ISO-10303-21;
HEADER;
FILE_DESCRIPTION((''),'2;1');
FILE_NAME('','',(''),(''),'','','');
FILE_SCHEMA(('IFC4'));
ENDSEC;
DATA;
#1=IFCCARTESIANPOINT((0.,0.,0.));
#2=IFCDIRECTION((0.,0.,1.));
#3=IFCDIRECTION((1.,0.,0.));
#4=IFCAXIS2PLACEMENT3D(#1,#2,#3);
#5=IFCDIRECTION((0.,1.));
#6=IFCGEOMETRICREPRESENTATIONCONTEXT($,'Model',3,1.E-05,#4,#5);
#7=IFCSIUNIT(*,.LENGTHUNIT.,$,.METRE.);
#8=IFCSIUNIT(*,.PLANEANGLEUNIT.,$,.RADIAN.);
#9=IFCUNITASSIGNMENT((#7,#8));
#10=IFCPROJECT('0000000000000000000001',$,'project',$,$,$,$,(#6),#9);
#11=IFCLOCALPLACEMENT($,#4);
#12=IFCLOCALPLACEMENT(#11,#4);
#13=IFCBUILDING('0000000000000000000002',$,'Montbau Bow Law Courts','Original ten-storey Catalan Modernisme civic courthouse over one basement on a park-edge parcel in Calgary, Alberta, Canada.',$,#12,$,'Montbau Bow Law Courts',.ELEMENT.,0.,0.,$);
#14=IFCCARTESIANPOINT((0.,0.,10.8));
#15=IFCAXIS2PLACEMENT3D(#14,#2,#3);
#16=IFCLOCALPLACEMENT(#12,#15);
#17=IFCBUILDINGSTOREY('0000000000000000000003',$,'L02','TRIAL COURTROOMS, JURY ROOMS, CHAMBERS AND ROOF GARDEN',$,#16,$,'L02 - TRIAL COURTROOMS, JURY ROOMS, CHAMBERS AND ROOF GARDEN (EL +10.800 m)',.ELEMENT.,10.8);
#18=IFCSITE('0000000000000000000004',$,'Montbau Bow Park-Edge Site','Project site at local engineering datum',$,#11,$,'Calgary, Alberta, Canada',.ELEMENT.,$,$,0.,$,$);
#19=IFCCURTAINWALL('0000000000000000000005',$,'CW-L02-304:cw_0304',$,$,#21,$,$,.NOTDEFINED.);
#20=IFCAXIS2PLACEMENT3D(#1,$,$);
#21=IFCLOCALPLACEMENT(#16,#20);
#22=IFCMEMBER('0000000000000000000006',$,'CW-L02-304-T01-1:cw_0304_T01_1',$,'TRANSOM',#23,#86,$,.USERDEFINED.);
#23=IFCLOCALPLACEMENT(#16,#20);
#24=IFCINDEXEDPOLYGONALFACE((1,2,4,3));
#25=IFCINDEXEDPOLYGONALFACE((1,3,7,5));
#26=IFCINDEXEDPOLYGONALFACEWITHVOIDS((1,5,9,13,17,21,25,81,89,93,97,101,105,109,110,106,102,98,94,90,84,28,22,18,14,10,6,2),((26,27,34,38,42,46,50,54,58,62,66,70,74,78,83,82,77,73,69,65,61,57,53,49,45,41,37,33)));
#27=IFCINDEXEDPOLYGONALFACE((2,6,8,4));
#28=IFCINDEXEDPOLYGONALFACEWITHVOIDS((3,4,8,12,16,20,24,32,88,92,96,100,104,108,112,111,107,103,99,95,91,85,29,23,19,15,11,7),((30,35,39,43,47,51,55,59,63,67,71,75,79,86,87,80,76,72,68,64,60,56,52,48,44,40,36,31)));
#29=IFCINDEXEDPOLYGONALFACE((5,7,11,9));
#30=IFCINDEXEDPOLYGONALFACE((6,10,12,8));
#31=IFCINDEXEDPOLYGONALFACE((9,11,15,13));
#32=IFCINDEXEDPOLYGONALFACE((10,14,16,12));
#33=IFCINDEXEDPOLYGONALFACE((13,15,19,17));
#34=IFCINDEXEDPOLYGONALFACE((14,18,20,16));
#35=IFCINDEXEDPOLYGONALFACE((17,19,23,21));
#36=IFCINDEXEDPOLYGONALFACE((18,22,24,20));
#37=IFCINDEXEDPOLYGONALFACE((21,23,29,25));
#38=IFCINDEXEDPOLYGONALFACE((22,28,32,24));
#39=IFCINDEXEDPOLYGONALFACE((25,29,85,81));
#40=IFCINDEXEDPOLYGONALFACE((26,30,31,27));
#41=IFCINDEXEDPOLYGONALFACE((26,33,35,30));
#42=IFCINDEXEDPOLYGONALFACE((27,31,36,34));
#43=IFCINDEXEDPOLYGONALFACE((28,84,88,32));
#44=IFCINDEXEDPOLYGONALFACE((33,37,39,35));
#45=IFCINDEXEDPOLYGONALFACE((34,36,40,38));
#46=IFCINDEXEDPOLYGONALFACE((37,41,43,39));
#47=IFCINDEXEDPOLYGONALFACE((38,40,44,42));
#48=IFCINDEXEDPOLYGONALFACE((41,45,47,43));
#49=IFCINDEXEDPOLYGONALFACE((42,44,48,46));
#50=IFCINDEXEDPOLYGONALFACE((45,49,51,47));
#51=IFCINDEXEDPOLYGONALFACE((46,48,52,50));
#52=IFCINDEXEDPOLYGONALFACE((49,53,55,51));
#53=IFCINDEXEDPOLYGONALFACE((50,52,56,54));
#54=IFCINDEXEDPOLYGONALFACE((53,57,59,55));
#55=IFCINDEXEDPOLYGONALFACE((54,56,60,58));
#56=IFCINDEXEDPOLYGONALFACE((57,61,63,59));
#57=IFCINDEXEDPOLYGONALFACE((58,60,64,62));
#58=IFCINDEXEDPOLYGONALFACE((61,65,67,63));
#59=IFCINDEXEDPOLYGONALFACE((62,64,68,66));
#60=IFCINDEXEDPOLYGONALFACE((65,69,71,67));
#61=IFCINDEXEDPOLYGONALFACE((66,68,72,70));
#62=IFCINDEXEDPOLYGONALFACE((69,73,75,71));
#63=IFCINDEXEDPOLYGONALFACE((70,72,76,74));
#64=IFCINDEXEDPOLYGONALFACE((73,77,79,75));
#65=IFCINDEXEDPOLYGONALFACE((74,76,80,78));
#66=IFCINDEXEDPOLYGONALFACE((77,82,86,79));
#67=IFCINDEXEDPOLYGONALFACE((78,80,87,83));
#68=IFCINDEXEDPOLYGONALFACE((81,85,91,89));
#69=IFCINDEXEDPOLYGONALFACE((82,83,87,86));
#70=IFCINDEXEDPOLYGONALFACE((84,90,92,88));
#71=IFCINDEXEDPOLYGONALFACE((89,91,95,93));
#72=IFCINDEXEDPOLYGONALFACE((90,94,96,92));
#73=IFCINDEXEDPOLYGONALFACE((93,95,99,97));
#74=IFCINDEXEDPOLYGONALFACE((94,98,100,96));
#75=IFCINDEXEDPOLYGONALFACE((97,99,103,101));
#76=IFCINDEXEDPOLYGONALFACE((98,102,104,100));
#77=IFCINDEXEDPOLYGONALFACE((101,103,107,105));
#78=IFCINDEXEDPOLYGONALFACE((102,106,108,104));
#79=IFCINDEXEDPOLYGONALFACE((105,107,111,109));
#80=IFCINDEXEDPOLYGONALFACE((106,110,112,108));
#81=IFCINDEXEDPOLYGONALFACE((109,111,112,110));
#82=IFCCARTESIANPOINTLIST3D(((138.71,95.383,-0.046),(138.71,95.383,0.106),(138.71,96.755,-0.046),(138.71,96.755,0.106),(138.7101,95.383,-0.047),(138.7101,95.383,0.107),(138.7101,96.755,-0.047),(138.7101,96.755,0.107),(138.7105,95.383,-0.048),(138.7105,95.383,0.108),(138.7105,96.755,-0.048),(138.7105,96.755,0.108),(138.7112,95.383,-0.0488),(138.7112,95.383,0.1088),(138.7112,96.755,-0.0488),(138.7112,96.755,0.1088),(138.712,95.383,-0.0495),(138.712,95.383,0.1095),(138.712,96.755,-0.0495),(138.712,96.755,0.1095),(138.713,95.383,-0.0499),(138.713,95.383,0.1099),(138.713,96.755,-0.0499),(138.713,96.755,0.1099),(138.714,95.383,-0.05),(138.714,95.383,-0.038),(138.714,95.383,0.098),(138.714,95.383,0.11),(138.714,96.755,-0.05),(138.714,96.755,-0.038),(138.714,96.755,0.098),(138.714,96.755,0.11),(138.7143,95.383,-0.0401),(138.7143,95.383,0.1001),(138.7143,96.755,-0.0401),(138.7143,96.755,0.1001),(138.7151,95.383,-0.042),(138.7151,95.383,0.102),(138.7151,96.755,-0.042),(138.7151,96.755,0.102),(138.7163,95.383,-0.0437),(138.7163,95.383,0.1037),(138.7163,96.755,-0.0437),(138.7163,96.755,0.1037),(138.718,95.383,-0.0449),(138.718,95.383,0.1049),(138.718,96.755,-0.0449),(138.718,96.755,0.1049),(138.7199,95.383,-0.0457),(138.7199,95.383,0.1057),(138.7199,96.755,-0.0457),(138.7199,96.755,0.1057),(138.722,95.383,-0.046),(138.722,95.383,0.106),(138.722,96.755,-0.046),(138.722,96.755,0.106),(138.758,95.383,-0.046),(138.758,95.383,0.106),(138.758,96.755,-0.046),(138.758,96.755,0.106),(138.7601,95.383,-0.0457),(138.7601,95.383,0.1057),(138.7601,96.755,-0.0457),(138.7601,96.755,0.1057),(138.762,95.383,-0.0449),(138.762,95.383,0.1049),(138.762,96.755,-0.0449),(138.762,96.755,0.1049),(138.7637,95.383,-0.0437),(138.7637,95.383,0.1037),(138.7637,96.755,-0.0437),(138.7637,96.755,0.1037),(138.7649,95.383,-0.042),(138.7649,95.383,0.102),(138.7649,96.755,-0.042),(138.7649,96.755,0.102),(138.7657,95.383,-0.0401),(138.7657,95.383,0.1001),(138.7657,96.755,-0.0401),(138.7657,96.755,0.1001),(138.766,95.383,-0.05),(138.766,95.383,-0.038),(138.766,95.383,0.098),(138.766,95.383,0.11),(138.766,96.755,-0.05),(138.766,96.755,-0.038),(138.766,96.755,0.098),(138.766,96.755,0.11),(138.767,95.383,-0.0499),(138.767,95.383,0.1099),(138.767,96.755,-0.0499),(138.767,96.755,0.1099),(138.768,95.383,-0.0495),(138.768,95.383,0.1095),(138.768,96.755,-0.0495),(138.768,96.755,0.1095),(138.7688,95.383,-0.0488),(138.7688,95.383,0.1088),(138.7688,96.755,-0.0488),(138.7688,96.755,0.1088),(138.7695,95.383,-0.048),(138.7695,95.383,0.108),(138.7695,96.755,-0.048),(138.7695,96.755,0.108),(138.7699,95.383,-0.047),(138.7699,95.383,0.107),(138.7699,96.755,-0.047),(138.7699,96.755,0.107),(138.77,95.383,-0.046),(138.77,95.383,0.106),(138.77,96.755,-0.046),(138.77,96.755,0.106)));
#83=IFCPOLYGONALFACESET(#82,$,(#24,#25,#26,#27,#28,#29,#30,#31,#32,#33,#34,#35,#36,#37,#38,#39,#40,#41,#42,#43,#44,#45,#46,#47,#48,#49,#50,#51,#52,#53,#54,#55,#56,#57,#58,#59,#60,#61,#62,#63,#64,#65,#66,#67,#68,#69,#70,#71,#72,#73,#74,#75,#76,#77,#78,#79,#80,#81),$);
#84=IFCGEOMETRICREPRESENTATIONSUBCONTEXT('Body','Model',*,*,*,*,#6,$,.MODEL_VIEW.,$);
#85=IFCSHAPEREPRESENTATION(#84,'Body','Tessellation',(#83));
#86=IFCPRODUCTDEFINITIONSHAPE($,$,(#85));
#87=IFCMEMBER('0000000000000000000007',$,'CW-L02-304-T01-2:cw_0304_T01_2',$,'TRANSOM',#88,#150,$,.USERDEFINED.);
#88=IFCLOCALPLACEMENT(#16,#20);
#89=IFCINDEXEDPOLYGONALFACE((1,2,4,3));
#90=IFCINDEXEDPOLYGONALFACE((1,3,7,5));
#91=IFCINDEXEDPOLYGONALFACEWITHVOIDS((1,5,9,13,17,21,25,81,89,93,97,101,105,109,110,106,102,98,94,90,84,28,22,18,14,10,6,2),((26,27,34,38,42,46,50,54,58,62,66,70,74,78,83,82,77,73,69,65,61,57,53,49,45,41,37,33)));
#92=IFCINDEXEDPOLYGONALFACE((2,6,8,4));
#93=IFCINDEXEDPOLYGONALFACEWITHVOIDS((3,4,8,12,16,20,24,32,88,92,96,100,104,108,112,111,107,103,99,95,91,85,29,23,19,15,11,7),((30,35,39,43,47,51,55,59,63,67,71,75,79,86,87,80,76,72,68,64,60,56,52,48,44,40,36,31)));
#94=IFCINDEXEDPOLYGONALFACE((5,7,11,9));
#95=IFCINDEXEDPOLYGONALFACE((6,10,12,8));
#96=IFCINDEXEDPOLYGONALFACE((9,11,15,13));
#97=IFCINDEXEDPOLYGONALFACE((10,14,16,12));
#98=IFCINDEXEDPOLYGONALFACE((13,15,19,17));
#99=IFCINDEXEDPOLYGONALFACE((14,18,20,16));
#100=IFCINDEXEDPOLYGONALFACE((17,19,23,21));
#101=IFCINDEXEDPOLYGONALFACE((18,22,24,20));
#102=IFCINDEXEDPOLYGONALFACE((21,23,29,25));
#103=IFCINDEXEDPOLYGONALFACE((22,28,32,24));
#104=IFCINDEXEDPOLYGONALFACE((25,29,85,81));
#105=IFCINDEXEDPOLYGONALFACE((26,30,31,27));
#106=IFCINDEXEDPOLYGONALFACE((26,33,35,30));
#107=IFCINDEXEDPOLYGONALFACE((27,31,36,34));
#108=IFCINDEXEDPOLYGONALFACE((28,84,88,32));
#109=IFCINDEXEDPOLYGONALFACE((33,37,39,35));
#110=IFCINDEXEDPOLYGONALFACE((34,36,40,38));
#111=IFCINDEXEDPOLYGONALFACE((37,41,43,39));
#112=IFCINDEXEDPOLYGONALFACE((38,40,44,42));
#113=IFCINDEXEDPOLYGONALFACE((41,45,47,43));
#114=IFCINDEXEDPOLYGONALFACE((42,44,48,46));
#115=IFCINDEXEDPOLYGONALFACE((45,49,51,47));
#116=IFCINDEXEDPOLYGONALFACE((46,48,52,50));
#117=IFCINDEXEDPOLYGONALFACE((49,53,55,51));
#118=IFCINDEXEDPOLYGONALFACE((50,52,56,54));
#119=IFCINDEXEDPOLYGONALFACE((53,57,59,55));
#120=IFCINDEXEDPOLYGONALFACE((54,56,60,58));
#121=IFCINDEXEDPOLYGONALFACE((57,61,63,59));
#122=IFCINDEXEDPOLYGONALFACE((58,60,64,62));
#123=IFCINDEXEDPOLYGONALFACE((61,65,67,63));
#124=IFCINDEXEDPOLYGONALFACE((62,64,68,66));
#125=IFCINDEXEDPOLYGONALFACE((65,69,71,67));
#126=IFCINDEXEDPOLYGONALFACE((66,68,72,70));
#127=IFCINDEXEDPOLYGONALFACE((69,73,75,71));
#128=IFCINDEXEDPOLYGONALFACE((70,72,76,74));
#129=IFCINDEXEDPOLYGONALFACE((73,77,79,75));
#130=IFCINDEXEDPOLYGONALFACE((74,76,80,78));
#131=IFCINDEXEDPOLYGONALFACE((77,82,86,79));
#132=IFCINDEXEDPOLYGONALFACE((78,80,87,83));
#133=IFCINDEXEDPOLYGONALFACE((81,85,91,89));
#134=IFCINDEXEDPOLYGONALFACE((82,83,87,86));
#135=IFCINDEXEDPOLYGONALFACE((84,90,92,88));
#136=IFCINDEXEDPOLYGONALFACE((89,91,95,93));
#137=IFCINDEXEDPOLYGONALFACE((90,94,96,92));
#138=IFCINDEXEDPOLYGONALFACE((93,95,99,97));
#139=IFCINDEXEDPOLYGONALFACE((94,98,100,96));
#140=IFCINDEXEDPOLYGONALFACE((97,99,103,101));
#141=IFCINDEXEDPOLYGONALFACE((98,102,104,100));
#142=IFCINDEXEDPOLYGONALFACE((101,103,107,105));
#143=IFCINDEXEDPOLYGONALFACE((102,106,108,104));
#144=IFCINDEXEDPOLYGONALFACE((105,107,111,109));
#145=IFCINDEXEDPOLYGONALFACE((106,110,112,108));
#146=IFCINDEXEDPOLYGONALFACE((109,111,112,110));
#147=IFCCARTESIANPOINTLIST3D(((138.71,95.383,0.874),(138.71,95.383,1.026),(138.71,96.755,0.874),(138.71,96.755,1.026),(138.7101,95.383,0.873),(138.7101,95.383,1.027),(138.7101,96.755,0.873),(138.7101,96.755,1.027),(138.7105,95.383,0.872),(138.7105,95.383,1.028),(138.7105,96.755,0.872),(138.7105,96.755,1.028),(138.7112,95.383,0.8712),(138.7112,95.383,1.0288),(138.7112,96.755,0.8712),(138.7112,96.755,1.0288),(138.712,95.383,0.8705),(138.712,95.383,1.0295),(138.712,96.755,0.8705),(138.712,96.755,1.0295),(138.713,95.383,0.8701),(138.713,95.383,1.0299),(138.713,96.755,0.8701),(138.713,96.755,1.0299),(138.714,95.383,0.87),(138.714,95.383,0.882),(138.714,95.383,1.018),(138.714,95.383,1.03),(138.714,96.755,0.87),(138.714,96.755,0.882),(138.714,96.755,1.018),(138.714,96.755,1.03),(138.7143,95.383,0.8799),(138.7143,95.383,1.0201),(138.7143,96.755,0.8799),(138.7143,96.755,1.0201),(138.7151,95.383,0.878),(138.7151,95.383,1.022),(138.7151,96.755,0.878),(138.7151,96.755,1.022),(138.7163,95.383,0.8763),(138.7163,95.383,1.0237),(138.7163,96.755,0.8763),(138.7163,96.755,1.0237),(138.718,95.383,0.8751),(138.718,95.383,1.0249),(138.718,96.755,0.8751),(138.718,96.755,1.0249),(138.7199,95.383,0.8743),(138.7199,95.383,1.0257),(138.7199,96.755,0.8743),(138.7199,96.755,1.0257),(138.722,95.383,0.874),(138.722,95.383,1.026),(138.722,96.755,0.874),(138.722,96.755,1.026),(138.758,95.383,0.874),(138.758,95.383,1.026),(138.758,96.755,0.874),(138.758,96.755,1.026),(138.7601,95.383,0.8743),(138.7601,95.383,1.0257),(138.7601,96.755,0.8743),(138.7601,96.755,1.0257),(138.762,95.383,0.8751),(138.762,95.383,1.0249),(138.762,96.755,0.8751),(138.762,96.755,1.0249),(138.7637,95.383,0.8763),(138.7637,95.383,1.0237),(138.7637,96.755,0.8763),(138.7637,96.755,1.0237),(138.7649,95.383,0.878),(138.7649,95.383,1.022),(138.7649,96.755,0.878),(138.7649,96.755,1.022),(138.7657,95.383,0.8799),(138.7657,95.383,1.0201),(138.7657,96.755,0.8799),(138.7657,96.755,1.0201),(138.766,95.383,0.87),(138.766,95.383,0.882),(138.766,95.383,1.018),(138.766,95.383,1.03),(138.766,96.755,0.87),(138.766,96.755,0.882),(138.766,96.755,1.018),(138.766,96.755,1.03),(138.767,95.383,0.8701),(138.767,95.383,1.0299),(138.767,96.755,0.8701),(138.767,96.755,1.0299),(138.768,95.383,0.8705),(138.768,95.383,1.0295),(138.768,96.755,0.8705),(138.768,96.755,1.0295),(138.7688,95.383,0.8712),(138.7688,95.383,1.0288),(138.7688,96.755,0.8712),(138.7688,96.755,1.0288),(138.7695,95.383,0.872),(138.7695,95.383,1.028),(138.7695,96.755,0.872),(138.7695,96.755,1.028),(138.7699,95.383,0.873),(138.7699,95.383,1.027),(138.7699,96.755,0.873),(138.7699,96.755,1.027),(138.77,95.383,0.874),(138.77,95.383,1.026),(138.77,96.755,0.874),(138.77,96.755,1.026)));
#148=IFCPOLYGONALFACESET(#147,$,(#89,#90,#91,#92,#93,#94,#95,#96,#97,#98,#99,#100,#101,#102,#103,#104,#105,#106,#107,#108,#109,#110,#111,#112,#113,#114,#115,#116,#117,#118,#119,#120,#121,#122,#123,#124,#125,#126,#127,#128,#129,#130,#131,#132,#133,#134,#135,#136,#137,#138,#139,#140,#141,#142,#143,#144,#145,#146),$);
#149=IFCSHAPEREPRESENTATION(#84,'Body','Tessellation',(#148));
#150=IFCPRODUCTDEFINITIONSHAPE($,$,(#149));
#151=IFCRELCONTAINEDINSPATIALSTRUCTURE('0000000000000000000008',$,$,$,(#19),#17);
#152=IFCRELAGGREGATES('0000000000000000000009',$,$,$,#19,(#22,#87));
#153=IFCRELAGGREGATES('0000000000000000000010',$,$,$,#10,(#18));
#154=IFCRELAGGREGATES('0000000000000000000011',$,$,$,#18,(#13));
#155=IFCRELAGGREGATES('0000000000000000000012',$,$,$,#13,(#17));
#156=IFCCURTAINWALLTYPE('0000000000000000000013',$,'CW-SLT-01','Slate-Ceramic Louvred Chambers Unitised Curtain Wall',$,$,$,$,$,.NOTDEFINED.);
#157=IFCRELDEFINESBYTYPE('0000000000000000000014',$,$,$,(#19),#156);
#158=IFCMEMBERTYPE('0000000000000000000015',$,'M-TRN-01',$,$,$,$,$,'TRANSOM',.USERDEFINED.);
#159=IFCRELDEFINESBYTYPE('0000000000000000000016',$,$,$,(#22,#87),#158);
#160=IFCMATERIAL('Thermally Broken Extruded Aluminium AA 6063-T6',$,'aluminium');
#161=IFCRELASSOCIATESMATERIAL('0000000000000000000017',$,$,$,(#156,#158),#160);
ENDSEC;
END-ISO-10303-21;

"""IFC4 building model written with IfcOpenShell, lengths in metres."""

from ifc_helpers import new_model, si_unit, direction, frame, origin_with_axes, origin_2d_with_axis, place, context, subcontext, project, spatial, hollow_rectangle, extrude, material, material_profile, profile_set, type_object, element, aggregate, save


model = new_model("IFC4")

# Units and contexts
model_context = context("Model", 3, precision=1e-05, world=origin_with_axes(), true_north=direction((0.0, 1.0)))
body_context = subcontext(model_context, "Body", "Model", "MODEL_VIEW")
ifc_project = project(units=[si_unit("LENGTHUNIT", "METRE"), si_unit("PLANEANGLEUNIT", "RADIAN")], contexts=[model_context])

# Site, building, storey
site_placement = place(None, origin_with_axes())
site = spatial("IfcSite", under=ifc_project, at=site_placement, Name="Montbau Bow Park-Edge Site", Description="Project site at local engineering datum", LongName="Calgary, Alberta, Canada", CompositionType="ELEMENT", RefElevation=0.0)
building_placement = place(site_placement, origin_with_axes())
building = spatial("IfcBuilding", under=site, at=building_placement, Name="Montbau Bow Law Courts", Description="Original ten-storey Catalan Modernisme civic courthouse over one basement on a park-edge parcel in Calgary, Alberta, Canada.", LongName="Montbau Bow Law Courts", CompositionType="ELEMENT", ElevationOfRefHeight=0.0, ElevationOfTerrain=0.0)
storey_placement = place(building_placement, frame((0.0, 0.0, 10.8), z_axis=(0.0, 0.0, 1.0), x_axis=(1.0, 0.0, 0.0)))
storey = spatial("IfcBuildingStorey", under=building, at=storey_placement, Name="L02", Description="TRIAL COURTROOMS, JURY ROOMS, CHAMBERS AND ROOF GARDEN", LongName="L02 - TRIAL COURTROOMS, JURY ROOMS, CHAMBERS AND ROOF GARDEN (EL +10.800 m)", CompositionType="ELEMENT", Elevation=10.8)

# Curtain wall, members
ifc_material_1 = material(Name="Thermally Broken Extruded Aluminium AA 6063-T6", Category="aluminium")
curtain_wall_type = type_object("IfcCurtainWallType", Name="CW-SLT-01", Description="Slate-Ceramic Louvred Chambers Unitised Curtain Wall", PredefinedType="NOTDEFINED", material=ifc_material_1)
curtain_wall_1_placement = place(None, frame((138.74, 95.315, 10.8), z_axis=(0.0, 0.0, 1.0), x_axis=(1.0, 0.0, 0.0)))
curtain_wall_1 = element("IfcCurtainWall", 1, at=curtain_wall_1_placement, inside=storey, type_object=curtain_wall_type, Name="CW-L02-304:cw_0304", PredefinedType="NOTDEFINED")
ifc_material_profile_1 = material_profile(ifc_material_1, hollow_rectangle(XDim=0.06, YDim=0.16, WallThickness=0.004, InnerFilletRadius=0.008, OuterFilletRadius=0.004, at=origin_2d_with_axis()), Name="CWT-160X60", Category="Main", Priority=0)
ifc_profile_set_1 = profile_set([ifc_material_profile_1], Name="Thermally Broken Extruded Aluminium AA 6063-T6")
member_type_1 = type_object("IfcMemberType", Name="M-TRN-01", ElementType="TRANSOM", PredefinedType="USERDEFINED", material=ifc_profile_set_1)
member_1_placement = place(None, frame((138.74, 95.383, 10.83), z_axis=(0.0, 1.0, 0.0), x_axis=(-1.0, 0.0, 0.0)))
member_1 = element("IfcMember", 2, at=member_1_placement, type_object=member_type_1, Name="CW-L02-304-T01-1:cw_0304_T01_1", ObjectType="TRANSOM", PredefinedType="USERDEFINED", context=body_context, shape_type="SweptSolid", body=[
    extrude(hollow_rectangle(XDim=0.06, YDim=0.16, WallThickness=0.004, InnerFilletRadius=0.008, OuterFilletRadius=0.004, at=origin_2d_with_axis()), origin_with_axes(), (0.0, 0.0, 1.0), 1.372),
])
member_2_placement = place(None, frame((138.74, 95.383, 11.75), z_axis=(0.0, 1.0, 0.0), x_axis=(-1.0, 0.0, 0.0)))
member_2 = element("IfcMember", 3, at=member_2_placement, type_object=member_type_1, Name="CW-L02-304-T01-2:cw_0304_T01_2", ObjectType="TRANSOM", PredefinedType="USERDEFINED", context=body_context, shape_type="SweptSolid", body=[
    extrude(hollow_rectangle(XDim=0.06, YDim=0.16, WallThickness=0.004, InnerFilletRadius=0.008, OuterFilletRadius=0.004, at=origin_2d_with_axis()), origin_with_axes(), (0.0, 0.0, 1.0), 1.372),
])

aggregate(curtain_wall_1, [member_1, member_2])

save(model, "model.ifc")
